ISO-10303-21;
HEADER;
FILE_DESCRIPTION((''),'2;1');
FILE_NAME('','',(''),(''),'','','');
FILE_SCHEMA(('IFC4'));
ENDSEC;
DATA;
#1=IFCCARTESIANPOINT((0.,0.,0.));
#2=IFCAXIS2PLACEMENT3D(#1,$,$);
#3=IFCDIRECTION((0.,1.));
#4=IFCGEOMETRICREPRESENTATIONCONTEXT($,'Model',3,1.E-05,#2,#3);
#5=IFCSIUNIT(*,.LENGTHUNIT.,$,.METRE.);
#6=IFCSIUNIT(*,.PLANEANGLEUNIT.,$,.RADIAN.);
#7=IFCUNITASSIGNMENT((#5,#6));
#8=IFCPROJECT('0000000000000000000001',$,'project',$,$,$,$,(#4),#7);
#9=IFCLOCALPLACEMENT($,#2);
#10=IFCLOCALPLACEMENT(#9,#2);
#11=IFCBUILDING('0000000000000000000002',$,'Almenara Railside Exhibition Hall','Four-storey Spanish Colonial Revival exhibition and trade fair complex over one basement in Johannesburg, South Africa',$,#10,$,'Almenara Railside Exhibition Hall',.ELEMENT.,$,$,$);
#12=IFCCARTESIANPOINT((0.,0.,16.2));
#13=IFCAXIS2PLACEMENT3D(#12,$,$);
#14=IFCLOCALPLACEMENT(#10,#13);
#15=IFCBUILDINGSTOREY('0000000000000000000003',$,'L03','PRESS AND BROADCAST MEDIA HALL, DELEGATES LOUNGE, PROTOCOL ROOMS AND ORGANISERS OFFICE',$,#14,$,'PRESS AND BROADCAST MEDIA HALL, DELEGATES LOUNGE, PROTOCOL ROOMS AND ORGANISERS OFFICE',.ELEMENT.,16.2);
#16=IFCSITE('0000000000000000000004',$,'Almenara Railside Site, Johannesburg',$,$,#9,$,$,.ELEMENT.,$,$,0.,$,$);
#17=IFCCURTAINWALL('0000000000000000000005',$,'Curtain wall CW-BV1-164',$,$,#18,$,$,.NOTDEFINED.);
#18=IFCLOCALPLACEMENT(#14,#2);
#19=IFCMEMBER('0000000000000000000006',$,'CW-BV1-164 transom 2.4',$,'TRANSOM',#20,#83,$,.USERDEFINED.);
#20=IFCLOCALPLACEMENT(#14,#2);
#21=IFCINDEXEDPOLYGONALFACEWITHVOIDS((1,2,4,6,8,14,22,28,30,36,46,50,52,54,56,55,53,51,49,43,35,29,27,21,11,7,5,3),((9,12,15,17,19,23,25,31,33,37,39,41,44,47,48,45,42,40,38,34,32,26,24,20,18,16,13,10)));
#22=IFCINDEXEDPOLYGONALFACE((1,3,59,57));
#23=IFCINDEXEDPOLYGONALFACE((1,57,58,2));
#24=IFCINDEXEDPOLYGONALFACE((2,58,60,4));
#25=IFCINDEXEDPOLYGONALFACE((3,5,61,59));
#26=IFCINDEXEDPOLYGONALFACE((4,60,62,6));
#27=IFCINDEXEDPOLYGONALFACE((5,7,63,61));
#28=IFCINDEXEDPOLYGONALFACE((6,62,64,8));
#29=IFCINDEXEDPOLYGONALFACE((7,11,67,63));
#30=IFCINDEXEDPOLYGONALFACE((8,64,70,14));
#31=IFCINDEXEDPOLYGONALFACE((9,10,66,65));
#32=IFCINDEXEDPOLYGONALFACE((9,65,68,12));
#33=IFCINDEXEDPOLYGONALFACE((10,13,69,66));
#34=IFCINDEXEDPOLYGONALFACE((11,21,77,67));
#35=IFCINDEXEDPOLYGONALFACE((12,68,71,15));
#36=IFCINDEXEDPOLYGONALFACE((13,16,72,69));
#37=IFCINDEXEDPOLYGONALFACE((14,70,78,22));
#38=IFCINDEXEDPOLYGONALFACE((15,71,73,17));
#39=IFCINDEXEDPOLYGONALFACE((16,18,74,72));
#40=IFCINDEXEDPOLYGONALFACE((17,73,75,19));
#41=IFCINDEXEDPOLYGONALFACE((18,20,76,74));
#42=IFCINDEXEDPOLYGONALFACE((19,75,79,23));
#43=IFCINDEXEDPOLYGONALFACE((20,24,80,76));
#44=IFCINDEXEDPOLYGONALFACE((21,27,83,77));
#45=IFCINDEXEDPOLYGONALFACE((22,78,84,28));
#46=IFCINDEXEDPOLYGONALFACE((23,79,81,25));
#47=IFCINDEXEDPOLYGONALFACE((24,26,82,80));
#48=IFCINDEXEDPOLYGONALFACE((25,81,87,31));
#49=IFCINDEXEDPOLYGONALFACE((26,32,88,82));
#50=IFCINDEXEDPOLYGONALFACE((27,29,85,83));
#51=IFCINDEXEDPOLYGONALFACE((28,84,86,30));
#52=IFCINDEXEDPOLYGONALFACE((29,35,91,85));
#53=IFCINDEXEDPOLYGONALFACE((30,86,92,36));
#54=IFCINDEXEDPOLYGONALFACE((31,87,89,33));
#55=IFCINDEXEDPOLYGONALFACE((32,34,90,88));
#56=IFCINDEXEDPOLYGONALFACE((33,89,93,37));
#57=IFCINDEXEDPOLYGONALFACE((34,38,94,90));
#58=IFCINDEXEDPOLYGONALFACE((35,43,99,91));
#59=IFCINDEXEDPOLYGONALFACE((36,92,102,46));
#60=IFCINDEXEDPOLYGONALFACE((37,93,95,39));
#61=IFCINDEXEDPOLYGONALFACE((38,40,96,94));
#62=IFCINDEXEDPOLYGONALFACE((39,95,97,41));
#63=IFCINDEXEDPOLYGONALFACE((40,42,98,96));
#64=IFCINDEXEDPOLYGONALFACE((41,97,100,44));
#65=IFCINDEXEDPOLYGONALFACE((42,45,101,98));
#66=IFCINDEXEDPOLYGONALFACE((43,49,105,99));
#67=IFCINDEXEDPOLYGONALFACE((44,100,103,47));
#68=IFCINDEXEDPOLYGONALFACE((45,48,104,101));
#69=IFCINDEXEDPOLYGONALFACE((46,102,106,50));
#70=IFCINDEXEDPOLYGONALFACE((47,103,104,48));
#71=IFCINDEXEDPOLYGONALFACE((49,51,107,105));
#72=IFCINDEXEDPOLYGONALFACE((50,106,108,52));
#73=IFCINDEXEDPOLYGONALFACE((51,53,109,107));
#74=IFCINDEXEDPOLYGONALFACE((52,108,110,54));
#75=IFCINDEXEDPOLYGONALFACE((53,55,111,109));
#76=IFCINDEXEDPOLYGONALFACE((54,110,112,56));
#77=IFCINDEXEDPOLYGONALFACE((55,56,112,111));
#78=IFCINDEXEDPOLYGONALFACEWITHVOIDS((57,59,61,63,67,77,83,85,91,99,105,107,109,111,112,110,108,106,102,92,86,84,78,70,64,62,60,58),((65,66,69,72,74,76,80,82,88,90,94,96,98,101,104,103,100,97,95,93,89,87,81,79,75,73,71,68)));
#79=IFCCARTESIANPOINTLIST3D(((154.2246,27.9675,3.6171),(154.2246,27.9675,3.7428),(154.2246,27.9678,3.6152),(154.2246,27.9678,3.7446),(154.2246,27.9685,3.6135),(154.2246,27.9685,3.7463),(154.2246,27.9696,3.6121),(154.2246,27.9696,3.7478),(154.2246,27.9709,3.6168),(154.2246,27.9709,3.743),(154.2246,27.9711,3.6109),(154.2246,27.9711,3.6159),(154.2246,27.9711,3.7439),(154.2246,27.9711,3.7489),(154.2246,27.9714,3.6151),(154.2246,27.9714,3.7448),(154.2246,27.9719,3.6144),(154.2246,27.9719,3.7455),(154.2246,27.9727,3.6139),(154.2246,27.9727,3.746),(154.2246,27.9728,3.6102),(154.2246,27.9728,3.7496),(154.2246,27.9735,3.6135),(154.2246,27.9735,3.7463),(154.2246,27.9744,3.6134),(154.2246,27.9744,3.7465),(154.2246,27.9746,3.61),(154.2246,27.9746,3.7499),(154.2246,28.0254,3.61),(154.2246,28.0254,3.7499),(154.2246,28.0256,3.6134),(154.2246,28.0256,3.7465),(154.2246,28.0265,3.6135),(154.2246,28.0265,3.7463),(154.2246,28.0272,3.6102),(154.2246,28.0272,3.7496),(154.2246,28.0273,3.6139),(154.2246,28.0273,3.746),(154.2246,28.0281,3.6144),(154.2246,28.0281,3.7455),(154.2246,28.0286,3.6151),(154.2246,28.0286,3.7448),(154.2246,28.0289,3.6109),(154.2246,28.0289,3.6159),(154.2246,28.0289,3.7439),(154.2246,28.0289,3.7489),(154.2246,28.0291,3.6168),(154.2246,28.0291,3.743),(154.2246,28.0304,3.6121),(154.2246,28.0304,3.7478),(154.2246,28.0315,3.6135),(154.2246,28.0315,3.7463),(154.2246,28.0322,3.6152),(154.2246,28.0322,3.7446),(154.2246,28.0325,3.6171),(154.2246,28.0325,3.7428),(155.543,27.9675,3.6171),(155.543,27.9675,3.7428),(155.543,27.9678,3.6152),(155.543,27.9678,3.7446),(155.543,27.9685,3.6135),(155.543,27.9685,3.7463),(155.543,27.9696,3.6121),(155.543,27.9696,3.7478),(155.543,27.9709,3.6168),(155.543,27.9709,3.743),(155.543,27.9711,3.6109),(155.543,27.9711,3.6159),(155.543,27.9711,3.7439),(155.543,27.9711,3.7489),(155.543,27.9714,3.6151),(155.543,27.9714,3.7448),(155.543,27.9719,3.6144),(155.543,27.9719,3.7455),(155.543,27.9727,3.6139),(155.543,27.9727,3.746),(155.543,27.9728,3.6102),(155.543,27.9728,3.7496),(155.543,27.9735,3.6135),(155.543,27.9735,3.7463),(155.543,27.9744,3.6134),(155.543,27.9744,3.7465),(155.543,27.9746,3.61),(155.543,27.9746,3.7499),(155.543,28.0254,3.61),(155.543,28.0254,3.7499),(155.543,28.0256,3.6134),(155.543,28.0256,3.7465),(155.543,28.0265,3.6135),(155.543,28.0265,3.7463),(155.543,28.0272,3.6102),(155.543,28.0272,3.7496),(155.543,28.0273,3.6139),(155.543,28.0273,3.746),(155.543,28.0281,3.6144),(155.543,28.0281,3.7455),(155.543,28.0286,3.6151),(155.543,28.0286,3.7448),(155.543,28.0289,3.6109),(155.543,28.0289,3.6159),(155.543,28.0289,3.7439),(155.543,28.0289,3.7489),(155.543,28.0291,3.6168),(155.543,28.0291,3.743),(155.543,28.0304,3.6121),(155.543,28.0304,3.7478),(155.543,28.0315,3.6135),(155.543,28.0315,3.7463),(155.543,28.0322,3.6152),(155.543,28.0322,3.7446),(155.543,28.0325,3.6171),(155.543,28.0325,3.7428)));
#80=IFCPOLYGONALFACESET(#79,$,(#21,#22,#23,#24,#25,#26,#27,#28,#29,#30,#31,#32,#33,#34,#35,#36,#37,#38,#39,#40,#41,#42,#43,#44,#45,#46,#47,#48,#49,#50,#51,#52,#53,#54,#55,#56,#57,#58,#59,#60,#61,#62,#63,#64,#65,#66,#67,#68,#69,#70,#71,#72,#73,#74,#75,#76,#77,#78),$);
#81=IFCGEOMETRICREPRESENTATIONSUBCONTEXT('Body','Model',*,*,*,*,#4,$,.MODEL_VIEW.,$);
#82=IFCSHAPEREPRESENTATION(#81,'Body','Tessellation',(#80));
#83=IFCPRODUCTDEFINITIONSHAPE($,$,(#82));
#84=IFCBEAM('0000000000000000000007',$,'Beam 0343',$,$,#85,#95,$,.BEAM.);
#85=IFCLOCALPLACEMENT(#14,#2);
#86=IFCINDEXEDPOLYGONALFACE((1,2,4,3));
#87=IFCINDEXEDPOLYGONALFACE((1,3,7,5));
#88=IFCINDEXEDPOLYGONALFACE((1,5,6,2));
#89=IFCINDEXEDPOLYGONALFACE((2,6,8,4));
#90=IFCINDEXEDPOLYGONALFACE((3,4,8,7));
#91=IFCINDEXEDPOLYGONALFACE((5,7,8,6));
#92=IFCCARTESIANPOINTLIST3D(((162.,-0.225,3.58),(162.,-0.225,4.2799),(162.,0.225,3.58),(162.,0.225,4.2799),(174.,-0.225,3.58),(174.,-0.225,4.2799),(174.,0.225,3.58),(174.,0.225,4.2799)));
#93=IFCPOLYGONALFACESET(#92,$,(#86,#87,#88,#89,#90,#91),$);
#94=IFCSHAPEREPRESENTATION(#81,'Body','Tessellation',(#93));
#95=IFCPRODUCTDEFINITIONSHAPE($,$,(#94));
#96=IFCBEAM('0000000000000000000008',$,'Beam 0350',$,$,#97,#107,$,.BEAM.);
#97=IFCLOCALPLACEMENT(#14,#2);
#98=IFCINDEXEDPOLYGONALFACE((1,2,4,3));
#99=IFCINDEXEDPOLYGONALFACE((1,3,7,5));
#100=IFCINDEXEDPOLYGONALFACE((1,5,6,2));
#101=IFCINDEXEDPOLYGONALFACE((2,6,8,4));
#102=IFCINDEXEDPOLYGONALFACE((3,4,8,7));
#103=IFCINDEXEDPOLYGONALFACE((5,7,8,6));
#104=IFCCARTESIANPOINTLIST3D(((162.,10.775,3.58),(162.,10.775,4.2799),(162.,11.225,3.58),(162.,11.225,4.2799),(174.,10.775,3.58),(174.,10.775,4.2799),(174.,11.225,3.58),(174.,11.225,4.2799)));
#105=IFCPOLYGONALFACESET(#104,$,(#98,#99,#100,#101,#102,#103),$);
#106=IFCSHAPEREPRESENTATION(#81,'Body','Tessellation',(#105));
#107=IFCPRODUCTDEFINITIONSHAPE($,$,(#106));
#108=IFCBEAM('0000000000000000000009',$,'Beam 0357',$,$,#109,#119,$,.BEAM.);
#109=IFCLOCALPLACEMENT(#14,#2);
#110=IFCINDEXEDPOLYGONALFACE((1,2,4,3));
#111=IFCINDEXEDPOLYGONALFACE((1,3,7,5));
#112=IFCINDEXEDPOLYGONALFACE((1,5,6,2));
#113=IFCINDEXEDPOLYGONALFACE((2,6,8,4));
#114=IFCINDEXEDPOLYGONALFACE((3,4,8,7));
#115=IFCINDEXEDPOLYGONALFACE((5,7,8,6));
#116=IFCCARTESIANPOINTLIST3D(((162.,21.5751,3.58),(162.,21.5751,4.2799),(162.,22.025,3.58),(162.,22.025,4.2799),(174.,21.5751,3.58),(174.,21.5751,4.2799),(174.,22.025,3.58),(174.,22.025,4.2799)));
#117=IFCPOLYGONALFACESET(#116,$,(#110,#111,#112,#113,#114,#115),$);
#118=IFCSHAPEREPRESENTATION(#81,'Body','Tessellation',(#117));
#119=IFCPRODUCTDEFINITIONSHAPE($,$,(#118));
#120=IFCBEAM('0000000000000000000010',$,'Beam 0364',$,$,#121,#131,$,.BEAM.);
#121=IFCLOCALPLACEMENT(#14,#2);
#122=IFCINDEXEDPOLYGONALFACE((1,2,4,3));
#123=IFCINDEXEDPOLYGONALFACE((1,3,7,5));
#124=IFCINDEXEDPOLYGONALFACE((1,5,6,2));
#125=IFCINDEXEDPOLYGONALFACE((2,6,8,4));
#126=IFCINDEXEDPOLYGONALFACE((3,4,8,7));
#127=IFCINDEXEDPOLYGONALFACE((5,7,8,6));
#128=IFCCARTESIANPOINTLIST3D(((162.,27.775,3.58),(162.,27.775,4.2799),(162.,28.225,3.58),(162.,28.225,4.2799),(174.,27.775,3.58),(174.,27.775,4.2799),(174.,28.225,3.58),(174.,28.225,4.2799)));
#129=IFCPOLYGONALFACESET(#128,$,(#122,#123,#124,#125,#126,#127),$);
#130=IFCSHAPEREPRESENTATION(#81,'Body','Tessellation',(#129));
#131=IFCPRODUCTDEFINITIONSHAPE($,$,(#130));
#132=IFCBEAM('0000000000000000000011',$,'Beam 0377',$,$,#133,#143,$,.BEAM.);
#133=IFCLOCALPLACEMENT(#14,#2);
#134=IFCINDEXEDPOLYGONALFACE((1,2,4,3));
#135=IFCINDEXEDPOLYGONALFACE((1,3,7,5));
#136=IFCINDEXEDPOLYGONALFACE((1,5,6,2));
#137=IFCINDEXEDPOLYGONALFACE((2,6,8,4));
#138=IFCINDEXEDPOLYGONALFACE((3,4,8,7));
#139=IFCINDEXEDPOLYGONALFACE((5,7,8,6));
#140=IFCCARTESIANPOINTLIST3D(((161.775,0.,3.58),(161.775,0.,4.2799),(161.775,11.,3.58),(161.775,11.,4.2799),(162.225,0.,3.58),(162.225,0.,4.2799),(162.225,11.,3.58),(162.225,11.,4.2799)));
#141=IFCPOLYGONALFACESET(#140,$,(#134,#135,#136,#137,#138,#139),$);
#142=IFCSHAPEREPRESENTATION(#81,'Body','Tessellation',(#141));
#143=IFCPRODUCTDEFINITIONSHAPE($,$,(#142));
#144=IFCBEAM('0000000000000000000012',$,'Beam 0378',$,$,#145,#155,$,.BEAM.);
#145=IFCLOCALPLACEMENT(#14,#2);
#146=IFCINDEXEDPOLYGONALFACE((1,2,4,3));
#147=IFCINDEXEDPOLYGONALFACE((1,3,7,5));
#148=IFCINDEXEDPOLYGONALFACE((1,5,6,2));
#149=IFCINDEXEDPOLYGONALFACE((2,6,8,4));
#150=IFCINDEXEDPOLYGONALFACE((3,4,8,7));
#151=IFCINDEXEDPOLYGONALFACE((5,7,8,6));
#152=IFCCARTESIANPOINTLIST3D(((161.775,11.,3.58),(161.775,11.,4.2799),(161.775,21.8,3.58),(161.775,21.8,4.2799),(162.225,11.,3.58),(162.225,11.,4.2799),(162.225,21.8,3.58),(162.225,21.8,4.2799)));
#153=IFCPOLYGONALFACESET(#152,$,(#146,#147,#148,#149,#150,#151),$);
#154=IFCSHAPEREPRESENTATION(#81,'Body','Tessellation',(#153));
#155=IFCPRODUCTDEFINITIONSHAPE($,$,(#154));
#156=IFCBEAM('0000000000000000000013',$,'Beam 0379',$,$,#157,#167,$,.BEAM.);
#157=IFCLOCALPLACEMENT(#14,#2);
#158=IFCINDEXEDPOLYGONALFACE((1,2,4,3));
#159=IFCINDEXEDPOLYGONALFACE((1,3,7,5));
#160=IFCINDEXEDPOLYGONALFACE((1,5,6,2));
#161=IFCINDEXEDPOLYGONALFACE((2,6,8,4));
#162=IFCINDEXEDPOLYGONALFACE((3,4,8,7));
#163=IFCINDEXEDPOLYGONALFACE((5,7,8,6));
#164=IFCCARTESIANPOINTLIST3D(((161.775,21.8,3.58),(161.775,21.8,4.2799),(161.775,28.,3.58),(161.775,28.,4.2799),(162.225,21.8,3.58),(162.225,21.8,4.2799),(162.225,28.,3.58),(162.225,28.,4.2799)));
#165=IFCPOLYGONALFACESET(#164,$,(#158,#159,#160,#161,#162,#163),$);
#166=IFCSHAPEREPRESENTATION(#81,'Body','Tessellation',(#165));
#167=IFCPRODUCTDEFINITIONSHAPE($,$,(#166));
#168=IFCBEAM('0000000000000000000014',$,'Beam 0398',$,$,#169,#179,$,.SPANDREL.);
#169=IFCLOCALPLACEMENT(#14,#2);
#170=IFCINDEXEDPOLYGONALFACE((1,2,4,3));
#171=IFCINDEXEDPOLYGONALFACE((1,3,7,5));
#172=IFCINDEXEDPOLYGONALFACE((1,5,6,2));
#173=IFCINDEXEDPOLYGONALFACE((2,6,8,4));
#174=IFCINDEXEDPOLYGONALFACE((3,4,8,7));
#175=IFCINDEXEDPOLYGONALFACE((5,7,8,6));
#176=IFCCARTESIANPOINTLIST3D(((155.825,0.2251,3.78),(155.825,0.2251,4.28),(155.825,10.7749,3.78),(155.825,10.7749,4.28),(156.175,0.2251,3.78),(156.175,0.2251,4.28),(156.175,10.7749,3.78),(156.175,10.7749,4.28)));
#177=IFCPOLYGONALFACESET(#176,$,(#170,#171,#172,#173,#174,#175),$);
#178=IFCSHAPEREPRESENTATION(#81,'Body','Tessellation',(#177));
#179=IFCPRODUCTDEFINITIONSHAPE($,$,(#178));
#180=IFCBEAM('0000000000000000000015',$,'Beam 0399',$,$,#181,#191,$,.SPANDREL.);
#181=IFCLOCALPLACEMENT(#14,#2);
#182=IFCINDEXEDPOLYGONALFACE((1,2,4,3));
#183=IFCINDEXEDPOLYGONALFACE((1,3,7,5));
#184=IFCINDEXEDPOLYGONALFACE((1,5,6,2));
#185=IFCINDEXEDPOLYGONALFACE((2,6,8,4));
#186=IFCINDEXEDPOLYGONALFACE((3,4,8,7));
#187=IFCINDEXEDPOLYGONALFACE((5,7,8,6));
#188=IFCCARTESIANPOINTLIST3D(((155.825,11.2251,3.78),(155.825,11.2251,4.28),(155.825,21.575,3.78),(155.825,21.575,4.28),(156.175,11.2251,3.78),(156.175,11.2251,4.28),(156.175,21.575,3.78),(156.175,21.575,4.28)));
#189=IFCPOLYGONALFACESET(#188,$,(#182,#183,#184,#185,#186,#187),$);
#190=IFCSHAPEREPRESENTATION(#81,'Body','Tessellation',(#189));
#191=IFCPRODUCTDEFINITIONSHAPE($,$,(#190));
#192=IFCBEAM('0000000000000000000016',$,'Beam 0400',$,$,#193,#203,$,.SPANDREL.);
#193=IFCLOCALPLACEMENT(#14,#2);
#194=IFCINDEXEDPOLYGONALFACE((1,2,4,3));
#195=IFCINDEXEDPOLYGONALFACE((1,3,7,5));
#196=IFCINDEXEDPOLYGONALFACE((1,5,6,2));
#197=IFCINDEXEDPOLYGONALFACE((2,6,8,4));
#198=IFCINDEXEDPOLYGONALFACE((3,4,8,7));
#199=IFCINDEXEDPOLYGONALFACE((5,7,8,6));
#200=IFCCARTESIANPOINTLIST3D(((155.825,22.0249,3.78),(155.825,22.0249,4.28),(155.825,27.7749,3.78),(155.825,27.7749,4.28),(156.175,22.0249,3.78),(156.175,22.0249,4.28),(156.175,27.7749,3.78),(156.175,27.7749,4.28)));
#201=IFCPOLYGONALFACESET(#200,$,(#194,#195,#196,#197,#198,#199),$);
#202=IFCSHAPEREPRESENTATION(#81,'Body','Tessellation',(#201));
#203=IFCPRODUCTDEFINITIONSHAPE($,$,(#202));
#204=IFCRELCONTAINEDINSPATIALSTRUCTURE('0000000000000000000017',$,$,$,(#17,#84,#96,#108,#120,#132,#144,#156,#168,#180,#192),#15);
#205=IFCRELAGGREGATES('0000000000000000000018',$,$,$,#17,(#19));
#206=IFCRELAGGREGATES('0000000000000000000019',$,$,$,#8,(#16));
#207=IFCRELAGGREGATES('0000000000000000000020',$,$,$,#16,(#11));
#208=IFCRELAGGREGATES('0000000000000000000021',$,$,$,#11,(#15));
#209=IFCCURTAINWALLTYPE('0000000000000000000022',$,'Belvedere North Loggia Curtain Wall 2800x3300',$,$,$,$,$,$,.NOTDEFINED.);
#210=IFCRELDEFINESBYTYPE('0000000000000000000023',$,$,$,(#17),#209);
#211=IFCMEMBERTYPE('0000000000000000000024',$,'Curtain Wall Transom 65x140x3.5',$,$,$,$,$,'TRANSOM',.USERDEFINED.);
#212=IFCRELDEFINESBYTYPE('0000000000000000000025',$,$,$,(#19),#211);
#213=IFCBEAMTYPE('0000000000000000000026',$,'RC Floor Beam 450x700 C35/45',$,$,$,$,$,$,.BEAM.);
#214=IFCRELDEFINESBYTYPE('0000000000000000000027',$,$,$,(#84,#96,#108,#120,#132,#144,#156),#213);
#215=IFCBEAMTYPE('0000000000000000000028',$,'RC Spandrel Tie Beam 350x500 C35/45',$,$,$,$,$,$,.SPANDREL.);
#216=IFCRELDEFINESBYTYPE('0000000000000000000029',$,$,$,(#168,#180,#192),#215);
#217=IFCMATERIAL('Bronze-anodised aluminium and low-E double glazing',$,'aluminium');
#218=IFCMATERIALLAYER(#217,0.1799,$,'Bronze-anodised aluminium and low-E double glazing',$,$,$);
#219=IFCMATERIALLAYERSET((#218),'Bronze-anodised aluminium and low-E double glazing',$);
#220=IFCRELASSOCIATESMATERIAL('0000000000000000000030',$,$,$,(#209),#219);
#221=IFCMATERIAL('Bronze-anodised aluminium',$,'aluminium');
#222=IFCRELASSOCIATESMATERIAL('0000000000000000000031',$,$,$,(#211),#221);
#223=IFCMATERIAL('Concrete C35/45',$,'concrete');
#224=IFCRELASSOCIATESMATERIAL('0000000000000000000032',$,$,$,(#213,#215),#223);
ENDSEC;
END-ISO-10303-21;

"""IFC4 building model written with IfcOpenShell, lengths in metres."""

from ifc_helpers import new_model, si_unit, direction, frame, origin, origin_2d, place, context, subcontext, project, spatial, rectangle, hollow_rectangle, extrude, material, layer, layer_set, material_profile, profile_set, type_object, element, aggregate, save


model = new_model("IFC4")

# Units and contexts
model_context = context("Model", 3, precision=1e-05, world=origin(), true_north=direction((0.0, 1.0)))
body_context = subcontext(model_context, "Body", "Model", "MODEL_VIEW")
ifc_project = project(units=[si_unit("LENGTHUNIT", "METRE"), si_unit("PLANEANGLEUNIT", "RADIAN")], contexts=[model_context])

# Site, building, storey
site_placement = place(None, origin())
site = spatial("IfcSite", under=ifc_project, at=site_placement, Name="Almenara Railside Site, Johannesburg", CompositionType="ELEMENT", RefElevation=0.0)
building_placement = place(site_placement, origin())
building = spatial("IfcBuilding", under=site, at=building_placement, Name="Almenara Railside Exhibition Hall", Description="Four-storey Spanish Colonial Revival exhibition and trade fair complex over one basement in Johannesburg, South Africa", LongName="Almenara Railside Exhibition Hall", CompositionType="ELEMENT")
storey_placement = place(building_placement, frame((0.0, 0.0, 16.2)))
storey = spatial("IfcBuildingStorey", under=building, at=storey_placement, Name="L03", Description="PRESS AND BROADCAST MEDIA HALL, DELEGATES LOUNGE, PROTOCOL ROOMS AND ORGANISERS OFFICE", LongName="PRESS AND BROADCAST MEDIA HALL, DELEGATES LOUNGE, PROTOCOL ROOMS AND ORGANISERS OFFICE", CompositionType="ELEMENT", Elevation=16.2)

# Shared definitions
ifc_material_1 = material(Name="Concrete C35/45", Category="concrete")

# Curtain wall, member
ifc_material_2 = material(Name="Bronze-anodised aluminium and low-E double glazing", Category="aluminium")
ifc_layer_1 = layer(ifc_material_2, 0.1799, Name="Bronze-anodised aluminium and low-E double glazing")
ifc_layer_set_1 = layer_set([ifc_layer_1], Name="Bronze-anodised aluminium and low-E double glazing")
curtain_wall_type = type_object("IfcCurtainWallType", Name="Belvedere North Loggia Curtain Wall 2800x3300", PredefinedType="NOTDEFINED", material=ifc_layer_set_1)
curtain_wall_placement = place(storey_placement, origin())
curtain_wall = element("IfcCurtainWall", 1, at=curtain_wall_placement, inside=storey, type_object=curtain_wall_type, Name="Curtain wall CW-BV1-164", PredefinedType="NOTDEFINED")
ifc_material_3 = material(Name="Bronze-anodised aluminium", Category="aluminium")
ifc_material_profile_1 = material_profile(ifc_material_3, hollow_rectangle(XDim=0.0649, YDim=0.1399, WallThickness=0.0034, InnerFilletRadius=0.0034, OuterFilletRadius=0.0071, at=origin_2d()), Name="ALU-TRN 65x140x3.5")
ifc_profile_set_1 = profile_set([ifc_material_profile_1], Name="Bronze-anodised aluminium")
member_type_1 = type_object("IfcMemberType", Name="Curtain Wall Transom 65x140x3.5", ElementType="TRANSOM", PredefinedType="USERDEFINED", material=ifc_profile_set_1)
member_1_placement = place(storey_placement, frame((154.2246, 28.0, 3.6799), z_axis=(1.0, 0.0, 0.0), x_axis=(0.0, 1.0, 0.0)))
member_1 = element("IfcMember", 2, at=member_1_placement, type_object=member_type_1, Name="CW-BV1-164 transom 2.4", ObjectType="TRANSOM", PredefinedType="USERDEFINED", context=body_context, shape_type="SweptSolid", body=[
    extrude(hollow_rectangle(XDim=0.0649, YDim=0.1399, WallThickness=0.0034, InnerFilletRadius=0.0034, OuterFilletRadius=0.0071, at=origin_2d()), origin(), (0.0, 0.0, 1.0), 1.3184),
])

# Beams
ifc_material_profile_2 = material_profile(ifc_material_1, rectangle(XDim=0.45, YDim=0.7, at=origin_2d()), Name="RC 450x700")
ifc_profile_set_2 = profile_set([ifc_material_profile_2], Name="Concrete C35/45")
beam_type_1 = type_object("IfcBeamType", Name="RC Floor Beam 450x700 C35/45", PredefinedType="BEAM", material=ifc_profile_set_2)
for number, where, z_axis, x_axis, name in (
    (3, (162.0, 0.0, 3.9299), (1.0, 0.0, 0.0), (0.0, 1.0, 0.0), "Beam 0343"),
    (4, (162.0, 11.0, 3.9299), (1.0, 0.0, 0.0), (0.0, 1.0, 0.0), "Beam 0350"),
    (5, (162.0, 21.8, 3.9299), (1.0, 0.0, 0.0), (0.0, 1.0, 0.0), "Beam 0357"),
    (6, (162.0, 28.0, 3.9299), (1.0, 0.0, 0.0), (0.0, 1.0, 0.0), "Beam 0364"),
):
    element("IfcBeam", number, at=place(storey_placement, frame(where, z_axis=z_axis, x_axis=x_axis)), inside=storey, type_object=beam_type_1, Name=name, PredefinedType="BEAM", context=body_context, shape_type="SweptSolid", body=[
        extrude(rectangle(XDim=0.45, YDim=0.7, at=origin_2d()), origin(), (0.0, 0.0, 1.0), 12.0),
    ])
beam_1_placement = place(storey_placement, frame((162.0, 0.0, 3.9299), z_axis=(0.0, 1.0, 0.0), x_axis=(-1.0, 0.0, 0.0)))
element("IfcBeam", 7, at=beam_1_placement, inside=storey, type_object=beam_type_1, Name="Beam 0377", PredefinedType="BEAM", context=body_context, shape_type="SweptSolid", body=[
    extrude(rectangle(XDim=0.45, YDim=0.7, at=origin_2d()), origin(), (0.0, 0.0, 1.0), 11.0),
])
beam_2_placement = place(storey_placement, frame((162.0, 11.0, 3.9299), z_axis=(0.0, 1.0, 0.0), x_axis=(-1.0, 0.0, 0.0)))
element("IfcBeam", 8, at=beam_2_placement, inside=storey, type_object=beam_type_1, Name="Beam 0378", PredefinedType="BEAM", context=body_context, shape_type="SweptSolid", body=[
    extrude(rectangle(XDim=0.45, YDim=0.7, at=origin_2d()), origin(), (0.0, 0.0, 1.0), 10.8),
])
beam_3_placement = place(storey_placement, frame((162.0, 21.8, 3.9299), z_axis=(0.0, 1.0, 0.0), x_axis=(-1.0, 0.0, 0.0)))
element("IfcBeam", 9, at=beam_3_placement, inside=storey, type_object=beam_type_1, Name="Beam 0379", PredefinedType="BEAM", context=body_context, shape_type="SweptSolid", body=[
    extrude(rectangle(XDim=0.45, YDim=0.7, at=origin_2d()), origin(), (0.0, 0.0, 1.0), 6.2),
])
ifc_material_profile_3 = material_profile(ifc_material_1, rectangle(XDim=0.3501, YDim=0.5, at=origin_2d()), Name="RC 350x500")
ifc_profile_set_3 = profile_set([ifc_material_profile_3], Name="Concrete C35/45")
beam_type_2 = type_object("IfcBeamType", Name="RC Spandrel Tie Beam 350x500 C35/45", PredefinedType="SPANDREL", material=ifc_profile_set_3)
beam_4_placement = place(storey_placement, frame((156.0, 0.2251, 4.03), z_axis=(0.0, 1.0, 0.0), x_axis=(-1.0, 0.0, 0.0)))
element("IfcBeam", 10, at=beam_4_placement, inside=storey, type_object=beam_type_2, Name="Beam 0398", PredefinedType="SPANDREL", context=body_context, shape_type="SweptSolid", body=[
    extrude(rectangle(XDim=0.3501, YDim=0.5, at=origin_2d()), origin(), (0.0, 0.0, 1.0), 10.5498),
])
beam_5_placement = place(storey_placement, frame((156.0, 11.2251, 4.03), z_axis=(0.0, 1.0, 0.0), x_axis=(-1.0, 0.0, 0.0)))
element("IfcBeam", 11, at=beam_5_placement, inside=storey, type_object=beam_type_2, Name="Beam 0399", PredefinedType="SPANDREL", context=body_context, shape_type="SweptSolid", body=[
    extrude(rectangle(XDim=0.3501, YDim=0.5, at=origin_2d()), origin(), (0.0, 0.0, 1.0), 10.3499),
])
beam_6_placement = place(storey_placement, frame((156.0, 22.0249, 4.03), z_axis=(0.0, 1.0, 0.0), x_axis=(-1.0, 0.0, 0.0)))
element("IfcBeam", 12, at=beam_6_placement, inside=storey, type_object=beam_type_2, Name="Beam 0400", PredefinedType="SPANDREL", context=body_context, shape_type="SweptSolid", body=[
    extrude(rectangle(XDim=0.3501, YDim=0.5, at=origin_2d()), origin(), (0.0, 0.0, 1.0), 5.75),
])

aggregate(curtain_wall, [member_1])

save(model, "model.ifc")
